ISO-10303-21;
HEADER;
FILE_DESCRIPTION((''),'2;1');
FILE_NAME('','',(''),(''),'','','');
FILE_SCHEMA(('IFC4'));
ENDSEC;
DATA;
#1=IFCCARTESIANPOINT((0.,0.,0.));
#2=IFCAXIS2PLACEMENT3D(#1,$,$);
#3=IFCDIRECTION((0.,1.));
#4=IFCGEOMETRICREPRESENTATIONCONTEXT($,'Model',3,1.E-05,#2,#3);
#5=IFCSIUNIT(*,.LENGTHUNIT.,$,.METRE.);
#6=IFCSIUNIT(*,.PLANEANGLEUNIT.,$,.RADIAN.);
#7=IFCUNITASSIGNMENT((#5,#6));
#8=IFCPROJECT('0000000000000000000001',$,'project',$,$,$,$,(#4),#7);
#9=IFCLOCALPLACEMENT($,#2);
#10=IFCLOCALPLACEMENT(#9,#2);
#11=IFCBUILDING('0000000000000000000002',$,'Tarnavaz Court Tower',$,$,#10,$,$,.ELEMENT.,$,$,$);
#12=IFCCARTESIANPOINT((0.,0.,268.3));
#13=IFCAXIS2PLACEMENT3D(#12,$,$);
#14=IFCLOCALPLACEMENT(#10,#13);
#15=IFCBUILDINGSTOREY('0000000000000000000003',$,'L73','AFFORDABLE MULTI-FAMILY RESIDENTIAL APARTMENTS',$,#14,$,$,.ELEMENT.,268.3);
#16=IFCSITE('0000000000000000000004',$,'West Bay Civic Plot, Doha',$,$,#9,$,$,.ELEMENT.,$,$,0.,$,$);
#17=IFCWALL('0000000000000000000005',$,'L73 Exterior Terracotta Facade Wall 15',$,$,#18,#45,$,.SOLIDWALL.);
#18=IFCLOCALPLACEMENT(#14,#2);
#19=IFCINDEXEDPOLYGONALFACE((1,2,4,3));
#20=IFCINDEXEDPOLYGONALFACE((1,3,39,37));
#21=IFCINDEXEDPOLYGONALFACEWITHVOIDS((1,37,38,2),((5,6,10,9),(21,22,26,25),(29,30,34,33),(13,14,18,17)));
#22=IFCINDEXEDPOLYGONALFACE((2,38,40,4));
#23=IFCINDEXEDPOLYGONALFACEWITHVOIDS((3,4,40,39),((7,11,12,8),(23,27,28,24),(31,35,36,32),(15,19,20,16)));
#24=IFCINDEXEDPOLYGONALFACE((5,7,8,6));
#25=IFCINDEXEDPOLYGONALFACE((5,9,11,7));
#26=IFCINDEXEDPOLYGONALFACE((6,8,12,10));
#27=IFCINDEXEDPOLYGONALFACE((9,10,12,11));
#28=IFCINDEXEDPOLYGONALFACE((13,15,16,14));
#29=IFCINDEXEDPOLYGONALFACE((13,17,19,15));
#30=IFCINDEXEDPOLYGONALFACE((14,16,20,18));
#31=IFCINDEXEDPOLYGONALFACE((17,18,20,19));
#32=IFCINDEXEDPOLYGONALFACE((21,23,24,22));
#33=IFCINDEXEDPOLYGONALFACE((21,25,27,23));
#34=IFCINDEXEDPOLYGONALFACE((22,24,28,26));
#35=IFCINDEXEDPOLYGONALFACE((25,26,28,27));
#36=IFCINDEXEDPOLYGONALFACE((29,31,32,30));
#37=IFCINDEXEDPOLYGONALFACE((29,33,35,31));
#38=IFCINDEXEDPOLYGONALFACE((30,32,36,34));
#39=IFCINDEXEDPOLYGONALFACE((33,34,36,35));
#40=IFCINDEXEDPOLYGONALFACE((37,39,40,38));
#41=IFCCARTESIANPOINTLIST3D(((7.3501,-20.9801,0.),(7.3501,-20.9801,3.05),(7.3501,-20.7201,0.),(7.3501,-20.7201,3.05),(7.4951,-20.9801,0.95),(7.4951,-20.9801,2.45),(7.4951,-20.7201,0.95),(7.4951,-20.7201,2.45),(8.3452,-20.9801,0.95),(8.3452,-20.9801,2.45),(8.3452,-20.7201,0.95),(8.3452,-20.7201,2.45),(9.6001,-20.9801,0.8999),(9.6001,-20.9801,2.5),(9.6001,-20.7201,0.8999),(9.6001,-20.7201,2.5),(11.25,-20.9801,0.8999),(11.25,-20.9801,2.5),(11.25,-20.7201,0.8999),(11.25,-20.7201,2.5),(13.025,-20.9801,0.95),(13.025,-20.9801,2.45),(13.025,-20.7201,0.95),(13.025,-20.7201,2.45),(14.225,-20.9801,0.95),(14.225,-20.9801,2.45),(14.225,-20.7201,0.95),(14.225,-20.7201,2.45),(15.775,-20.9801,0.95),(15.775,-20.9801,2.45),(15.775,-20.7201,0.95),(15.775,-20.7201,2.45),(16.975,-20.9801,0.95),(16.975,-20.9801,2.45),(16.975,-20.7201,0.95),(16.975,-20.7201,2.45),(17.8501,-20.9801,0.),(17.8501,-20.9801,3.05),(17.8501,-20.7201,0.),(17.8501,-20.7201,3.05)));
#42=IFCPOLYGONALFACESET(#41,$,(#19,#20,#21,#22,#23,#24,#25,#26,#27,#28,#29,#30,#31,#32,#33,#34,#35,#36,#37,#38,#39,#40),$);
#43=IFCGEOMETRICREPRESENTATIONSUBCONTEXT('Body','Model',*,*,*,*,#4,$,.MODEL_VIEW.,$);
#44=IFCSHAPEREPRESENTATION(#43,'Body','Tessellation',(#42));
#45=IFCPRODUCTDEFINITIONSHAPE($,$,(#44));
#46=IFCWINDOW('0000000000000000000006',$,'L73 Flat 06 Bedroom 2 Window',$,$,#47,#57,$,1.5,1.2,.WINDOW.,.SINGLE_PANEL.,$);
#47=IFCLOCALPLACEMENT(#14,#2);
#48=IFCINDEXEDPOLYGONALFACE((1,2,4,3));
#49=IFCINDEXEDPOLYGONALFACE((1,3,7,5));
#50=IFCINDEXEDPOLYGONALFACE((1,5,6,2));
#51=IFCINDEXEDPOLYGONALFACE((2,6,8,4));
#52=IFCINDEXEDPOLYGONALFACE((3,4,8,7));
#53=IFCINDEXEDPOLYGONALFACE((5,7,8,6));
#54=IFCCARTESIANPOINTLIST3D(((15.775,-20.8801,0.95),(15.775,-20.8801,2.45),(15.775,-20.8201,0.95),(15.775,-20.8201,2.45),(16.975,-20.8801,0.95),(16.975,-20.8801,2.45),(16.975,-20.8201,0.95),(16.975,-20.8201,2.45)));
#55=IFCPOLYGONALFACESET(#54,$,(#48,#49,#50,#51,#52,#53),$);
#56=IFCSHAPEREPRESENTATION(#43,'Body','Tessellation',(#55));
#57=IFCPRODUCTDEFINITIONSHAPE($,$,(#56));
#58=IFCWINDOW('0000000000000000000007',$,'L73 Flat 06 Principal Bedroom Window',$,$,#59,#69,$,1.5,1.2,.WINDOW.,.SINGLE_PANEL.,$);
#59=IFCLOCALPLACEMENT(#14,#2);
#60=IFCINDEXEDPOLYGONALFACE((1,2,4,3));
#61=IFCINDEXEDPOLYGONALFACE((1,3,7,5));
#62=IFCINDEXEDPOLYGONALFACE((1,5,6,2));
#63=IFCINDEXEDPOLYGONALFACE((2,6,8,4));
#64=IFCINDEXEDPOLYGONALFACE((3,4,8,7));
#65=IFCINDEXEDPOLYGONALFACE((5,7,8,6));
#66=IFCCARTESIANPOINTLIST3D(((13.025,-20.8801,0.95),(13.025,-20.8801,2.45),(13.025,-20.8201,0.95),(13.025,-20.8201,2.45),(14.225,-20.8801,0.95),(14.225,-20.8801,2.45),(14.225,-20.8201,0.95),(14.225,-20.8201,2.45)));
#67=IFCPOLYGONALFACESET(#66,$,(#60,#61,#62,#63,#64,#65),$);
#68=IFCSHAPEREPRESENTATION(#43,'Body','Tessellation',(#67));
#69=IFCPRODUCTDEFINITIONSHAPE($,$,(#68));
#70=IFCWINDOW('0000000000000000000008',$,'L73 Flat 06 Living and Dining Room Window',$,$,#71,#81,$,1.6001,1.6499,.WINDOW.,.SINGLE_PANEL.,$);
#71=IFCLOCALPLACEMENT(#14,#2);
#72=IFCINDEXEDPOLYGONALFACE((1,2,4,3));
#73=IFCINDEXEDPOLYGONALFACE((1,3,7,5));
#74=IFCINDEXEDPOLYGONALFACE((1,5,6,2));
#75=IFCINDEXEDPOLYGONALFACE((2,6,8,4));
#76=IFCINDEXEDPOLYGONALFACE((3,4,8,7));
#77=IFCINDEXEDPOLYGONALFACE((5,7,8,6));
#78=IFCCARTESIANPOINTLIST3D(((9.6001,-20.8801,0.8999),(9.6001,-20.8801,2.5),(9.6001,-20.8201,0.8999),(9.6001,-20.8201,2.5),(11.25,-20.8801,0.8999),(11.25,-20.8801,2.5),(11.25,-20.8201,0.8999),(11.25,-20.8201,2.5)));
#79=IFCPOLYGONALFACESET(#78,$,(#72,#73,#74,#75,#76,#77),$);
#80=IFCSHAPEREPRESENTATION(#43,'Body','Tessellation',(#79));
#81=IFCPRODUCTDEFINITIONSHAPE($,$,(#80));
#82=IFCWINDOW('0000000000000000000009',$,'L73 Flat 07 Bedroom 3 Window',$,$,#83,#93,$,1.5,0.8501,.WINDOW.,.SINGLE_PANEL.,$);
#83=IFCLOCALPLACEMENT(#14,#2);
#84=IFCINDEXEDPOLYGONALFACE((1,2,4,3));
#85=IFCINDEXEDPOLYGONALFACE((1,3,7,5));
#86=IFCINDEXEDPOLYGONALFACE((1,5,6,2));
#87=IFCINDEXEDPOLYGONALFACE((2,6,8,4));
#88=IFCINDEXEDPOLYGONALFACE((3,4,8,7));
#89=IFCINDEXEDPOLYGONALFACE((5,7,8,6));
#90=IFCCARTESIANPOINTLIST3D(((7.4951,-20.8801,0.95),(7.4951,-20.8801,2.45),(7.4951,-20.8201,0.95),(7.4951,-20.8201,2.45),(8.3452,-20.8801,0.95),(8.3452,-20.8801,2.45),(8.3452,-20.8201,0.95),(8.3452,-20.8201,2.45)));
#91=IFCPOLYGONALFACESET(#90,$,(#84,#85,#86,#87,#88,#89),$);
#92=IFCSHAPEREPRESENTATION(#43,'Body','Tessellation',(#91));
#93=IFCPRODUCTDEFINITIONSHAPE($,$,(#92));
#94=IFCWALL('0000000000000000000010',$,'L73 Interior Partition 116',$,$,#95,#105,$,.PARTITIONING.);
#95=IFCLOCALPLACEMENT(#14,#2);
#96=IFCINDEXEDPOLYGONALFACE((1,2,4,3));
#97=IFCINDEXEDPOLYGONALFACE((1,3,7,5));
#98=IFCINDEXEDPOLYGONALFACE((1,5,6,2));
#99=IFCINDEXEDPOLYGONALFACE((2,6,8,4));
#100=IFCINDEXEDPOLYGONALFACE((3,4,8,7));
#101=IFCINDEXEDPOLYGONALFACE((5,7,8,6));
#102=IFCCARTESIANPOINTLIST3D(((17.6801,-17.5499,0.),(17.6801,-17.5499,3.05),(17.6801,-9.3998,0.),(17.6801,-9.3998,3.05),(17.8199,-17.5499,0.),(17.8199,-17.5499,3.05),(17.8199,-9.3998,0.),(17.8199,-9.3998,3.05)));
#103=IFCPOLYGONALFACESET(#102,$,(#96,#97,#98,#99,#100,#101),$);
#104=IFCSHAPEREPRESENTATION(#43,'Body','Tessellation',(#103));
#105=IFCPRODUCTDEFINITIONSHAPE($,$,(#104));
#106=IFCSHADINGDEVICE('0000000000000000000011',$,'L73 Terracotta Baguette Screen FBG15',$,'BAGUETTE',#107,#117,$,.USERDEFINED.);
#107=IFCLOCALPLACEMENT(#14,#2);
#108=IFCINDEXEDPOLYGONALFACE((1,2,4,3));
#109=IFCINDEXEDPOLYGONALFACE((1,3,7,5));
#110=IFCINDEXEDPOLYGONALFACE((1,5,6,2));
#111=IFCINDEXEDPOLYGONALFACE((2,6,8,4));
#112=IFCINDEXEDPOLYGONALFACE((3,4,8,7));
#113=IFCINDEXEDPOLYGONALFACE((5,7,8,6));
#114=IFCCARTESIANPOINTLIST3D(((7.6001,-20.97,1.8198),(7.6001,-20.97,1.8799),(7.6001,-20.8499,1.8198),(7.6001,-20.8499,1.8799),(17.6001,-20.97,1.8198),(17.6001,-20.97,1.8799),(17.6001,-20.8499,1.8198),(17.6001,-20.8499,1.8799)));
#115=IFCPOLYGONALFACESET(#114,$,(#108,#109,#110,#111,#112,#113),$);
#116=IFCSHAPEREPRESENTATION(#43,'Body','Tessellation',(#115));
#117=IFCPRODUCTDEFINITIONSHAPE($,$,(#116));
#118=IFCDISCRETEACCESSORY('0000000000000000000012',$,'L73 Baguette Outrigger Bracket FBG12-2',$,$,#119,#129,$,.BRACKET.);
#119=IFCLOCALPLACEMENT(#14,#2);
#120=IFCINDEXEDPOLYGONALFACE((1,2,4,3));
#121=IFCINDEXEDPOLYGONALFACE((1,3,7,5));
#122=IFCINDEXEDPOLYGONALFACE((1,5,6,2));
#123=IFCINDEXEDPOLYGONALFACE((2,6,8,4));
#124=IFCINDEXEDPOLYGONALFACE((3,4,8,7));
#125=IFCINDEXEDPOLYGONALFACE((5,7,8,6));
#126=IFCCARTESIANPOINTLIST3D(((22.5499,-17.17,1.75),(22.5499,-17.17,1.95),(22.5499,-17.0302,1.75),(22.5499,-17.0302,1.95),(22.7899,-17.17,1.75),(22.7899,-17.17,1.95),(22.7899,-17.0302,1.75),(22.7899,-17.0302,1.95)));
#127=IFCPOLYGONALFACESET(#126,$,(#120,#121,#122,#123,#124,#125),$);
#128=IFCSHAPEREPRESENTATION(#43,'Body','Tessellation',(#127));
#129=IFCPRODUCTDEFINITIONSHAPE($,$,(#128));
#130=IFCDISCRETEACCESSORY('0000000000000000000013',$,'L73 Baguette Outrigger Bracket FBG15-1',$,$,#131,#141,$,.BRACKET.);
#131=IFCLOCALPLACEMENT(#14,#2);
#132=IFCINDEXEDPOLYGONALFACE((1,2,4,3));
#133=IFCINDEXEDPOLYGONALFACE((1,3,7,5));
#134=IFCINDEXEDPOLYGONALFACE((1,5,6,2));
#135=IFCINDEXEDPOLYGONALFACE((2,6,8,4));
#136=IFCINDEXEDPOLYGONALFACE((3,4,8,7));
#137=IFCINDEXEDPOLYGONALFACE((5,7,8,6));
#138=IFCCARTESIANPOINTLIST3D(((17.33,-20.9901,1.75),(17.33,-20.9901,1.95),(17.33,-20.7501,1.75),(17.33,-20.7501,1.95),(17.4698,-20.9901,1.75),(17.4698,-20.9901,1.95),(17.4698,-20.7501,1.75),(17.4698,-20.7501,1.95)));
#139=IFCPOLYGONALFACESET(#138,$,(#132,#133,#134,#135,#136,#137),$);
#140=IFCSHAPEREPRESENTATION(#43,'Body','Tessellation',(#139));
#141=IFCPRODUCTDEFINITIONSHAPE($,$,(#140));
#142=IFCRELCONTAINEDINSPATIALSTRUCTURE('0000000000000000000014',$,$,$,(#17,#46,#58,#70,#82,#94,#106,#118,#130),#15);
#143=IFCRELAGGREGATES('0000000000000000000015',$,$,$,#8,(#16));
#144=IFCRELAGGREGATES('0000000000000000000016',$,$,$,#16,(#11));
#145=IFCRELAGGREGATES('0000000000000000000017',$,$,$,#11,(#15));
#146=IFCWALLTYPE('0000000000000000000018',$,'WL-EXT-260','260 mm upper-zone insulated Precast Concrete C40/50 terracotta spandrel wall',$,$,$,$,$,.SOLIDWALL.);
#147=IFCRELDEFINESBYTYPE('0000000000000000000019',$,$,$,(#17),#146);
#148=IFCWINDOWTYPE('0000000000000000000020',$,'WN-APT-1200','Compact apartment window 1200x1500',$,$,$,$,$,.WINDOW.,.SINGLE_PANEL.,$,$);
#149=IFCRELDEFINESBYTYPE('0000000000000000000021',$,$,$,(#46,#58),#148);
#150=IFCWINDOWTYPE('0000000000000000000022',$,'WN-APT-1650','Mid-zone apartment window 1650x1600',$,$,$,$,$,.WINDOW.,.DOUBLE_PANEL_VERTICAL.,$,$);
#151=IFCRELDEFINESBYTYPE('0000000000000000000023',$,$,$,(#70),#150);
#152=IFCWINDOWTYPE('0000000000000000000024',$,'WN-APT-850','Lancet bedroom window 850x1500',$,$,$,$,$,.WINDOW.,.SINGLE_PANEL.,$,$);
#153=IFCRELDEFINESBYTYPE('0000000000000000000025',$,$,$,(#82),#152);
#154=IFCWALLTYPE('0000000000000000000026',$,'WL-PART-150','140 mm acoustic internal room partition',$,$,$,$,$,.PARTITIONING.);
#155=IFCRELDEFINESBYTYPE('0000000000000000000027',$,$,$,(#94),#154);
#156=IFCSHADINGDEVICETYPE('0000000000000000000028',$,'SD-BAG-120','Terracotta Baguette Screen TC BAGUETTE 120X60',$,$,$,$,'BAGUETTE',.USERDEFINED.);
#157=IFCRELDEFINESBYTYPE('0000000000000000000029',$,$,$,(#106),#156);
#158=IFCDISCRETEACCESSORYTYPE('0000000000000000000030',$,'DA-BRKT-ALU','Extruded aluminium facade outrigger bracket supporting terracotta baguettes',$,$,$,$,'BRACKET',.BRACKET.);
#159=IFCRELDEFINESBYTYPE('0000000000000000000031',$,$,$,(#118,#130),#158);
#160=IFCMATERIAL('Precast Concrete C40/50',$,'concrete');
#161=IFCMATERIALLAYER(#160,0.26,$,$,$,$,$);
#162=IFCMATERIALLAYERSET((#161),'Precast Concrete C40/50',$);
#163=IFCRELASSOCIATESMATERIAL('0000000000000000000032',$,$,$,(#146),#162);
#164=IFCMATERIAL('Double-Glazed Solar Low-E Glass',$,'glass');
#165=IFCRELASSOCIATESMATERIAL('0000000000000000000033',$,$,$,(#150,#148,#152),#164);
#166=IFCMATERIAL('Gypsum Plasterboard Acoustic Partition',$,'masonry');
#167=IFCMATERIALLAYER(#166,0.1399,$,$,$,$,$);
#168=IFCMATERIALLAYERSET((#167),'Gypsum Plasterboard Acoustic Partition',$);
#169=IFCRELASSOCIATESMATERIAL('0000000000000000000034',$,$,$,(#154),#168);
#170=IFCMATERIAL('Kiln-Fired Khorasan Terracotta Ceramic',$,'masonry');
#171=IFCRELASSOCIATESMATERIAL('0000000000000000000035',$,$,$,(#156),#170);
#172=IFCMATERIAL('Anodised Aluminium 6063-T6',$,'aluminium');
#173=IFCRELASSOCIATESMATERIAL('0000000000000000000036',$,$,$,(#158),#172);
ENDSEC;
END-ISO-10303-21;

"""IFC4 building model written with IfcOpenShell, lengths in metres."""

from ifc_helpers import new_model, si_unit, direction, frame, frame_2d, origin, origin_2d, place, context, subcontext, project, spatial, rectangle, extrude, material, layer, layer_set, material_profile, profile_set, type_object, element, fill, save


model = new_model("IFC4")

# Units and contexts
model_context = context("Model", 3, precision=1e-05, world=origin(), true_north=direction((0.0, 1.0)))
body_context = subcontext(model_context, "Body", "Model", "MODEL_VIEW")
ifc_project = project(units=[si_unit("LENGTHUNIT", "METRE"), si_unit("PLANEANGLEUNIT", "RADIAN")], contexts=[model_context])

# Site, building, storey
site_placement = place(None, origin())
site = spatial("IfcSite", under=ifc_project, at=site_placement, Name="West Bay Civic Plot, Doha", CompositionType="ELEMENT", RefElevation=0.0)
building_placement = place(site_placement, origin())
building = spatial("IfcBuilding", under=site, at=building_placement, Name="Tarnavaz Court Tower", CompositionType="ELEMENT")
storey_placement = place(building_placement, frame((0.0, 0.0, 268.3)))
storey = spatial("IfcBuildingStorey", under=building, at=storey_placement, Name="L73", Description="AFFORDABLE MULTI-FAMILY RESIDENTIAL APARTMENTS", CompositionType="ELEMENT", Elevation=268.3)

# Shared definitions
ifc_material_1 = material(Name="Precast Concrete C40/50", Category="concrete")
ifc_layer_1 = layer(ifc_material_1, 0.26)
ifc_layer_set_1 = layer_set([ifc_layer_1], Name="Precast Concrete C40/50")
wall_type_1 = type_object("IfcWallType", Name="WL-EXT-260", Description="260 mm upper-zone insulated Precast Concrete C40/50 terracotta spandrel wall", PredefinedType="SOLIDWALL", material=ifc_layer_set_1)
ifc_material_2 = material(Name="Double-Glazed Solar Low-E Glass", Category="glass")
window_type_1 = type_object("IfcWindowType", Name="WN-APT-1650", Description="Mid-zone apartment window 1650x1600", PartitioningType="DOUBLE_PANEL_VERTICAL", PredefinedType="WINDOW", material=ifc_material_2)

# Wall, openings, windows
wall_1_placement = place(storey_placement, frame((17.8501, -20.8501, 0.0), z_axis=(0.0, 0.0, 1.0), x_axis=(-1.0, 0.0, 0.0)))
wall_1 = element("IfcWall", 1, at=wall_1_placement, inside=storey, type_object=wall_type_1, Name="L73 Exterior Terracotta Facade Wall 15", PredefinedType="SOLIDWALL", context=body_context, shape_type="SweptSolid", body=[
    extrude(rectangle(XDim=10.5, YDim=0.26, at=frame_2d((5.25, 0.0))), origin(), (0.0, 0.0, 1.0), 3.05),
])
opening_1_placement = place(wall_1_placement, frame((0.875, 0.0, 0.95)))
opening_1 = element("IfcOpeningElement", 2, at=opening_1_placement, cuts=wall_1, PredefinedType="OPENING", context=body_context, shape_type="SweptSolid", body=[
    extrude(rectangle(XDim=1.2, YDim=1.5, at=frame_2d((0.6001, 0.75))), frame((0.0, 0.1399, 0.0), z_axis=(0.0, -1.0, 0.0), x_axis=(1.0, 0.0, 0.0)), (0.0, 0.0, 1.0), 0.28),
])
opening_2_placement = place(wall_1_placement, frame((3.625, 0.0, 0.95)))
opening_2 = element("IfcOpeningElement", 3, at=opening_2_placement, cuts=wall_1, PredefinedType="OPENING", context=body_context, shape_type="SweptSolid", body=[
    extrude(rectangle(XDim=1.2, YDim=1.5, at=frame_2d((0.6001, 0.75))), frame((0.0, 0.1399, 0.0), z_axis=(0.0, -1.0, 0.0), x_axis=(1.0, 0.0, 0.0)), (0.0, 0.0, 1.0), 0.28),
])
opening_3_placement = place(wall_1_placement, frame((6.6001, 0.0, 0.8999)))
opening_3 = element("IfcOpeningElement", 4, at=opening_3_placement, cuts=wall_1, PredefinedType="OPENING", context=body_context, shape_type="SweptSolid", body=[
    extrude(rectangle(XDim=1.6499, YDim=1.6001, at=frame_2d((0.825, 0.8))), frame((0.0, 0.1399, 0.0), z_axis=(0.0, -1.0, 0.0), x_axis=(1.0, 0.0, 0.0)), (0.0, 0.0, 1.0), 0.28),
])
opening_4_placement = place(wall_1_placement, frame((9.5049, 0.0, 0.95)))
opening_4 = element("IfcOpeningElement", 5, at=opening_4_placement, cuts=wall_1, PredefinedType="OPENING", context=body_context, shape_type="SweptSolid", body=[
    extrude(rectangle(XDim=0.8501, YDim=1.5, at=frame_2d((0.425, 0.75))), frame((0.0, 0.1399, 0.0), z_axis=(0.0, -1.0, 0.0), x_axis=(1.0, 0.0, 0.0)), (0.0, 0.0, 1.0), 0.28),
])
window_type_2 = type_object("IfcWindowType", Name="WN-APT-1200", Description="Compact apartment window 1200x1500", PartitioningType="SINGLE_PANEL", PredefinedType="WINDOW", material=ifc_material_2)
window_1_placement = place(opening_1_placement, origin())
window_1 = element("IfcWindow", 6, at=window_1_placement, inside=storey, type_object=window_type_2, Name="L73 Flat 06 Bedroom 2 Window", OverallHeight=1.5, OverallWidth=1.2, PartitioningType="SINGLE_PANEL", PredefinedType="WINDOW", context=body_context, shape_type="SweptSolid", body=[
    extrude(rectangle(XDim=1.2, YDim=1.5, at=frame_2d((0.6001, 0.75))), frame((0.0, 0.03, 0.0), z_axis=(0.0, -1.0, 0.0), x_axis=(1.0, 0.0, 0.0)), (0.0, 0.0, 1.0), 0.0601),
])
fill(opening_1, window_1)
window_2_placement = place(opening_2_placement, origin())
window_2 = element("IfcWindow", 7, at=window_2_placement, inside=storey, type_object=window_type_2, Name="L73 Flat 06 Principal Bedroom Window", OverallHeight=1.5, OverallWidth=1.2, PartitioningType="SINGLE_PANEL", PredefinedType="WINDOW", context=body_context, shape_type="SweptSolid", body=[
    extrude(rectangle(XDim=1.2, YDim=1.5, at=frame_2d((0.6001, 0.75))), frame((0.0, 0.03, 0.0), z_axis=(0.0, -1.0, 0.0), x_axis=(1.0, 0.0, 0.0)), (0.0, 0.0, 1.0), 0.0601),
])
fill(opening_2, window_2)
window_3_placement = place(opening_3_placement, origin())
window_3 = element("IfcWindow", 8, at=window_3_placement, inside=storey, type_object=window_type_1, Name="L73 Flat 06 Living and Dining Room Window", OverallHeight=1.6001, OverallWidth=1.6499, PartitioningType="SINGLE_PANEL", PredefinedType="WINDOW", context=body_context, shape_type="SweptSolid", body=[
    extrude(rectangle(XDim=1.6499, YDim=1.6001, at=frame_2d((0.825, 0.8))), frame((0.0, 0.03, 0.0), z_axis=(0.0, -1.0, 0.0), x_axis=(1.0, 0.0, 0.0)), (0.0, 0.0, 1.0), 0.0601),
])
fill(opening_3, window_3)
window_type_3 = type_object("IfcWindowType", Name="WN-APT-850", Description="Lancet bedroom window 850x1500", PartitioningType="SINGLE_PANEL", PredefinedType="WINDOW", material=ifc_material_2)
window_4_placement = place(opening_4_placement, origin())
window_4 = element("IfcWindow", 9, at=window_4_placement, inside=storey, type_object=window_type_3, Name="L73 Flat 07 Bedroom 3 Window", OverallHeight=1.5, OverallWidth=0.8501, PartitioningType="SINGLE_PANEL", PredefinedType="WINDOW", context=body_context, shape_type="SweptSolid", body=[
    extrude(rectangle(XDim=0.8501, YDim=1.5, at=frame_2d((0.425, 0.75))), frame((0.0, 0.03, 0.0), z_axis=(0.0, -1.0, 0.0), x_axis=(1.0, 0.0, 0.0)), (0.0, 0.0, 1.0), 0.0601),
])
fill(opening_4, window_4)

# Wall
ifc_material_3 = material(Name="Gypsum Plasterboard Acoustic Partition", Category="masonry")
ifc_layer_2 = layer(ifc_material_3, 0.1399)
ifc_layer_set_2 = layer_set([ifc_layer_2], Name="Gypsum Plasterboard Acoustic Partition")
wall_type_2 = type_object("IfcWallType", Name="WL-PART-150", Description="140 mm acoustic internal room partition", PredefinedType="PARTITIONING", material=ifc_layer_set_2)
wall_2_placement = place(storey_placement, frame((17.75, -17.55, 0.0), z_axis=(0.0, 0.0, 1.0), x_axis=(0.0, 1.0, 0.0)))
element("IfcWall", 10, at=wall_2_placement, inside=storey, type_object=wall_type_2, Name="L73 Interior Partition 116", PredefinedType="PARTITIONING", context=body_context, shape_type="SweptSolid", body=[
    extrude(rectangle(XDim=8.1501, YDim=0.1399, at=frame_2d((4.0752, 0.0))), origin(), (0.0, 0.0, 1.0), 3.05),
])

# Shading device
ifc_material_4 = material(Name="Kiln-Fired Khorasan Terracotta Ceramic", Category="masonry")
ifc_material_profile_1 = material_profile(ifc_material_4, rectangle(XDim=0.1201, YDim=0.0601, at=origin_2d()), Name="TC BAGUETTE 120X60")
ifc_profile_set_1 = profile_set([ifc_material_profile_1], Name="Kiln-Fired Khorasan Terracotta Ceramic")
shading_device_type = type_object("IfcShadingDeviceType", Name="SD-BAG-120", Description="Terracotta Baguette Screen TC BAGUETTE 120X60", ElementType="BAGUETTE", PredefinedType="USERDEFINED", material=ifc_profile_set_1)
shading_device_placement = place(storey_placement, frame((17.6001, -20.9099, 1.8499), z_axis=(-1.0, 0.0, 0.0), x_axis=(0.0, -1.0, 0.0)))
element("IfcShadingDevice", 11, at=shading_device_placement, inside=storey, type_object=shading_device_type, Name="L73 Terracotta Baguette Screen FBG15", ObjectType="BAGUETTE", PredefinedType="USERDEFINED", context=body_context, shape_type="SweptSolid", body=[
    extrude(rectangle(XDim=0.1201, YDim=0.0601, at=origin_2d()), origin(), (0.0, 0.0, 1.0), 10.0),
])

# Discrete accessories
ifc_material_5 = material(Name="Anodised Aluminium 6063-T6", Category="aluminium")
discrete_accessory_type = type_object("IfcDiscreteAccessoryType", Name="DA-BRKT-ALU", Description="Extruded aluminium facade outrigger bracket supporting terracotta baguettes", ElementType="BRACKET", PredefinedType="BRACKET", material=ifc_material_5)
for number, where, z_axis, x_axis, name in (
    (12, (22.6699, -17.1001, 1.75), (0.0, 0.0, 1.0), (0.0, -1.0, 0.0), "L73 Baguette Outrigger Bracket FBG12-2"),
    (13, (17.3999, -20.8701, 1.75), (0.0, 0.0, 1.0), (-1.0, 0.0, 0.0), "L73 Baguette Outrigger Bracket FBG15-1"),
):
    element("IfcDiscreteAccessory", number, at=place(storey_placement, frame(where, z_axis=z_axis, x_axis=x_axis)), inside=storey, type_object=discrete_accessory_type, Name=name, PredefinedType="BRACKET", context=body_context, shape_type="SweptSolid", body=[
        extrude(rectangle(XDim=0.1399, YDim=0.24, at=origin_2d()), origin(), (0.0, 0.0, 1.0), 0.2),
    ])

save(model, "model.ifc")
